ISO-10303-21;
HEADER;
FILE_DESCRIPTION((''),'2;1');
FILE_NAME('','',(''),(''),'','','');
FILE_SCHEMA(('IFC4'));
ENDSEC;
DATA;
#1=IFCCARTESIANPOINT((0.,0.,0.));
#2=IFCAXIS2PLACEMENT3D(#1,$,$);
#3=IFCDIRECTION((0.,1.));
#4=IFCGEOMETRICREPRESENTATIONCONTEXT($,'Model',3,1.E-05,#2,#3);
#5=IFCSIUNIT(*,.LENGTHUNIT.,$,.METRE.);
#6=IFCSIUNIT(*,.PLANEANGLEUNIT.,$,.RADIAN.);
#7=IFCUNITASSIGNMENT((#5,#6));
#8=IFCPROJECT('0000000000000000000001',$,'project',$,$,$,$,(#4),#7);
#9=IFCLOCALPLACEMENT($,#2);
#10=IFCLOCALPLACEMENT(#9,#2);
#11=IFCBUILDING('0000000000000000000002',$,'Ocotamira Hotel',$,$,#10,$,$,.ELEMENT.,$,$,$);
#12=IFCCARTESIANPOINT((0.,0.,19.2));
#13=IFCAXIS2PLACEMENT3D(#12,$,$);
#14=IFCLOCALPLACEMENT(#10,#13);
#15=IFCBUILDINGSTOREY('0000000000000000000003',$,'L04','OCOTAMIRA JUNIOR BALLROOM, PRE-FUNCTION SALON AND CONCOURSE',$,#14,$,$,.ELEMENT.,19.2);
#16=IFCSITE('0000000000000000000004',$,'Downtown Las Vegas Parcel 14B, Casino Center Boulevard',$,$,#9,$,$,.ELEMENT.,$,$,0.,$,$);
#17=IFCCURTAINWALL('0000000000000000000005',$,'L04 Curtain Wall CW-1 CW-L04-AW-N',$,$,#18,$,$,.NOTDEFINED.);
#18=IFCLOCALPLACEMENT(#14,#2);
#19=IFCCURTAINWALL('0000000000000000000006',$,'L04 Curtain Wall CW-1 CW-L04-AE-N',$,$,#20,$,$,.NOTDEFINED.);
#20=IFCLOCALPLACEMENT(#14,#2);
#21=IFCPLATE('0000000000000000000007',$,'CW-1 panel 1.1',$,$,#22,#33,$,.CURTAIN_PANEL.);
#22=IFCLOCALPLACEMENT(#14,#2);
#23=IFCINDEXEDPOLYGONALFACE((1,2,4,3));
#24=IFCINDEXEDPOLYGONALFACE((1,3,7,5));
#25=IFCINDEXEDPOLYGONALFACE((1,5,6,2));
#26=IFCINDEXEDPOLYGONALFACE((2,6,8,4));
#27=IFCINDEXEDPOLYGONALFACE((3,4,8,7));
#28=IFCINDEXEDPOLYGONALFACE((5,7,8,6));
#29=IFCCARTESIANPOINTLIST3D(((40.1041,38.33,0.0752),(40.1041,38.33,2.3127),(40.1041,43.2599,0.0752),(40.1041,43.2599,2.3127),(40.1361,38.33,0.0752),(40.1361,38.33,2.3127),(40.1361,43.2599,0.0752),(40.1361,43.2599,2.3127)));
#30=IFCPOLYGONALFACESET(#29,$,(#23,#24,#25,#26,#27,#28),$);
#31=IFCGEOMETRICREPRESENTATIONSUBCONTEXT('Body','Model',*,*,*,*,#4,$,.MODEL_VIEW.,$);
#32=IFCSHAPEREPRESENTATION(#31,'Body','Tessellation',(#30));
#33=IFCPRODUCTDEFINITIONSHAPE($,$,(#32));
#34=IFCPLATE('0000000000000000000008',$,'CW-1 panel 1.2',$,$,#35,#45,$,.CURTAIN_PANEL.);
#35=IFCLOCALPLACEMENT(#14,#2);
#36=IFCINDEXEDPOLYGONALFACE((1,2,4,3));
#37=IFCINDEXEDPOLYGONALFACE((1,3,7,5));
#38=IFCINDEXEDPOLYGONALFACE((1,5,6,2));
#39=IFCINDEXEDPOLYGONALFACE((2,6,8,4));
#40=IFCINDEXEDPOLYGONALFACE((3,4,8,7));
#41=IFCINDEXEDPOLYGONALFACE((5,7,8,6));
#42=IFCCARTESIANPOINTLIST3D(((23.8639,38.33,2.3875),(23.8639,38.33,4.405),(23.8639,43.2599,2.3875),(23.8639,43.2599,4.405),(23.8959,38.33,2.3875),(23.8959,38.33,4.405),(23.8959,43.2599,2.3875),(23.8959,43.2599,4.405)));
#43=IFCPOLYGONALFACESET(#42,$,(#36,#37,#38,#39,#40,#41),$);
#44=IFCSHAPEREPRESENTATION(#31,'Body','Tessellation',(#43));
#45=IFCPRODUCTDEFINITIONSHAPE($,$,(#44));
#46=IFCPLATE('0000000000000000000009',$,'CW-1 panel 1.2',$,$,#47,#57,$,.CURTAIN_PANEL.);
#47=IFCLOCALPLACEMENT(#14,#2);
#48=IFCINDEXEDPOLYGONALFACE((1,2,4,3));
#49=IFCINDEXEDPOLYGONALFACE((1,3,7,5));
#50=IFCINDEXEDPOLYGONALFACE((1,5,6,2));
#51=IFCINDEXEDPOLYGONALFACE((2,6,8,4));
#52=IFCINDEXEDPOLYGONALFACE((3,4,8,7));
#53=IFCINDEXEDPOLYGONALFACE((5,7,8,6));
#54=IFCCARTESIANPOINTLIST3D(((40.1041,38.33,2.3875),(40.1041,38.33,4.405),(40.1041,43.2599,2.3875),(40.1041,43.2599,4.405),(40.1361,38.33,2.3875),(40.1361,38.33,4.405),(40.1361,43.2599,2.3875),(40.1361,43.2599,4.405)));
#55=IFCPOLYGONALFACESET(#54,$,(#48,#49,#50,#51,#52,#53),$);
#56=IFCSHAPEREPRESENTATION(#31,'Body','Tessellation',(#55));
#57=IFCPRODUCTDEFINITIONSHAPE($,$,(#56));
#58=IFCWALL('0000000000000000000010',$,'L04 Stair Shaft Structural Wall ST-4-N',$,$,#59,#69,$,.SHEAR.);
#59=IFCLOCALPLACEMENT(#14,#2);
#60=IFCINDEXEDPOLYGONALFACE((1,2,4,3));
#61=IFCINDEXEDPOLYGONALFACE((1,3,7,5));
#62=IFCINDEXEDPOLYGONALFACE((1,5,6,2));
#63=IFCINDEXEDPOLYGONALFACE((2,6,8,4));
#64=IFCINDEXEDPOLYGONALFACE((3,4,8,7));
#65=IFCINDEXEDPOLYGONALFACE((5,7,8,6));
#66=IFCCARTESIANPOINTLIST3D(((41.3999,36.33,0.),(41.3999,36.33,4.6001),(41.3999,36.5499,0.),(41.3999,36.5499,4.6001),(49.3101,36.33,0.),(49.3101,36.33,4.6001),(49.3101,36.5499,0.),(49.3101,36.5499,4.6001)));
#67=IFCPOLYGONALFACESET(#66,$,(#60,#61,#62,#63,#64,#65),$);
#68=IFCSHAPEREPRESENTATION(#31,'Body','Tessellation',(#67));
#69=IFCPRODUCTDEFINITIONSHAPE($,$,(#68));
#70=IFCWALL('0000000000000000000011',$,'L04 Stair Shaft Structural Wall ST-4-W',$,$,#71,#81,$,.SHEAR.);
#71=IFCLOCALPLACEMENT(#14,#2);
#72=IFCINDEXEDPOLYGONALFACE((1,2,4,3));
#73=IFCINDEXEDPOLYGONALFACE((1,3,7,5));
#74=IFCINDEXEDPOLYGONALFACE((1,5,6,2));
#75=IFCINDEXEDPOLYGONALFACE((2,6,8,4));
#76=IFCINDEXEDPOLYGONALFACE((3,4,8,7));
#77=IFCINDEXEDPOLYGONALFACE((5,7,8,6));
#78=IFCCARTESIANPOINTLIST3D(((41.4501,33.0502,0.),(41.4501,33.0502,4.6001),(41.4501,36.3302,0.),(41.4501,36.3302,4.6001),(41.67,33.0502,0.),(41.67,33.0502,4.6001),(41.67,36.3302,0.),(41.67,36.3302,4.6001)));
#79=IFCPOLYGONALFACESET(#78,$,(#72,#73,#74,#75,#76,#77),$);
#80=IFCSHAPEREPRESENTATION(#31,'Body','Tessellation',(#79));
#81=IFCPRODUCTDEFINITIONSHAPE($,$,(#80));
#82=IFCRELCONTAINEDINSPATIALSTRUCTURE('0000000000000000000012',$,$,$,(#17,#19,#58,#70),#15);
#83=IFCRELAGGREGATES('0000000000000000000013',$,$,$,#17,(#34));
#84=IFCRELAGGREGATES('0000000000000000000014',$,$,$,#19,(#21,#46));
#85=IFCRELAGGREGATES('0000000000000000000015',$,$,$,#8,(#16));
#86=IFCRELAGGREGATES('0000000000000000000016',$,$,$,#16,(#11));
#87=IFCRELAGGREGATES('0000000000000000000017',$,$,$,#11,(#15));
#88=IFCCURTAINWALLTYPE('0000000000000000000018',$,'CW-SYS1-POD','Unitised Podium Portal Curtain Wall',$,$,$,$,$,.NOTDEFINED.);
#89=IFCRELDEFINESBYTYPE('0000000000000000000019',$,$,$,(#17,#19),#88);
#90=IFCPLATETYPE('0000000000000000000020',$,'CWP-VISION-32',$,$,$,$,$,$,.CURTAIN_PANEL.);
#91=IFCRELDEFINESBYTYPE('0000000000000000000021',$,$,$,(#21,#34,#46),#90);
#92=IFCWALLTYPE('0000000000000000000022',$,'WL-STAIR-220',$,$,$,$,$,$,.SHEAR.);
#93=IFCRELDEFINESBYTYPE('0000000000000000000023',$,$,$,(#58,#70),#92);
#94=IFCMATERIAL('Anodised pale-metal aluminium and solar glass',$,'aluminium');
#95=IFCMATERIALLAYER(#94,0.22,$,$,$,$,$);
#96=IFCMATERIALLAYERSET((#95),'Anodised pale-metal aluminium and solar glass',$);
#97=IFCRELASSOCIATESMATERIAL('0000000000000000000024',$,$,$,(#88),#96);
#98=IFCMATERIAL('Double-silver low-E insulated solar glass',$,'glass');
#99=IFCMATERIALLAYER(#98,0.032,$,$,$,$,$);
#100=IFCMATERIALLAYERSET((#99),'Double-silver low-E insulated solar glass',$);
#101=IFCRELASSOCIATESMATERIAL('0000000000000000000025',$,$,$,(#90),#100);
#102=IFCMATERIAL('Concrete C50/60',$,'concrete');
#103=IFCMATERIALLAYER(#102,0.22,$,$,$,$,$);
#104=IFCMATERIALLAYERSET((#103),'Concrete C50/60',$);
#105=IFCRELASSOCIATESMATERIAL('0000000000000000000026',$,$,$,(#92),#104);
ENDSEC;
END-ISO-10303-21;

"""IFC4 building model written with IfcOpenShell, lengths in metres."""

from ifc_helpers import new_model, si_unit, direction, frame, frame_2d, origin, origin_2d, place, context, subcontext, project, spatial, rectangle, extrude, source, transform, mapped, material, layer, layer_set, type_object, element, aggregate, save


model = new_model("IFC4")

# Units and contexts
model_context = context("Model", 3, precision=1e-05, world=origin(), true_north=direction((0.0, 1.0)))
body_context = subcontext(model_context, "Body", "Model", "MODEL_VIEW")
ifc_project = project(units=[si_unit("LENGTHUNIT", "METRE"), si_unit("PLANEANGLEUNIT", "RADIAN")], contexts=[model_context])

# Site, building, storey
site_placement = place(None, origin())
site = spatial("IfcSite", under=ifc_project, at=site_placement, Name="Downtown Las Vegas Parcel 14B, Casino Center Boulevard", CompositionType="ELEMENT", RefElevation=0.0)
building_placement = place(site_placement, origin())
building = spatial("IfcBuilding", under=site, at=building_placement, Name="Ocotamira Hotel", CompositionType="ELEMENT")
storey_placement = place(building_placement, frame((0.0, 0.0, 19.2)))
storey = spatial("IfcBuildingStorey", under=building, at=storey_placement, Name="L04", Description="OCOTAMIRA JUNIOR BALLROOM, PRE-FUNCTION SALON AND CONCOURSE", CompositionType="ELEMENT", Elevation=19.2)

# Curtain walls
ifc_material_1 = material(Name="Anodised pale-metal aluminium and solar glass", Category="aluminium")
ifc_layer_1 = layer(ifc_material_1, 0.22)
ifc_layer_set_1 = layer_set([ifc_layer_1], Name="Anodised pale-metal aluminium and solar glass")
curtain_wall_type = type_object("IfcCurtainWallType", Name="CW-SYS1-POD", Description="Unitised Podium Portal Curtain Wall", PredefinedType="NOTDEFINED", material=ifc_layer_set_1)
curtain_wall_1_placement = place(storey_placement, origin())
curtain_wall_1 = element("IfcCurtainWall", 1, at=curtain_wall_1_placement, inside=storey, type_object=curtain_wall_type, Name="L04 Curtain Wall CW-1 CW-L04-AW-N", PredefinedType="NOTDEFINED")
curtain_wall_2_placement = place(storey_placement, origin())
curtain_wall_2 = element("IfcCurtainWall", 2, at=curtain_wall_2_placement, inside=storey, type_object=curtain_wall_type, Name="L04 Curtain Wall CW-1 CW-L04-AE-N", PredefinedType="NOTDEFINED")

# Plates
ifc_material_2 = material(Name="Double-silver low-E insulated solar glass", Category="glass")
ifc_layer_2 = layer(ifc_material_2, 0.032)
ifc_layer_set_2 = layer_set([ifc_layer_2], Name="Double-silver low-E insulated solar glass")
plate_type = type_object("IfcPlateType", Name="CWP-VISION-32", PredefinedType="CURTAIN_PANEL", material=ifc_layer_set_2)
shared_shape_1 = source(origin(), body_context, "Body", "SweptSolid", [
    extrude(rectangle(XDim=4.9299, YDim=0.032, at=origin_2d()), origin(), (0.0, 0.0, 1.0), 2.2375),
])
plate_1_placement = place(storey_placement, frame((40.1201, 40.7949, 0.0752), z_axis=(0.0, 0.0, 1.0), x_axis=(0.0, 1.0, 0.0)))
plate_1 = element("IfcPlate", 3, at=plate_1_placement, type_object=plate_type, Name="CW-1 panel 1.1", PredefinedType="CURTAIN_PANEL", context=body_context, shape_type="MappedRepresentation", body=[
    mapped(shared_shape_1, transform((0.0, 0.0, 0.0), scale=1.0)),
])
shared_shape_2 = source(origin(), body_context, "Body", "SweptSolid", [
    extrude(rectangle(XDim=4.9299, YDim=0.032, at=origin_2d()), origin(), (0.0, 0.0, 1.0), 2.0176),
])
plate_2_placement = place(storey_placement, frame((23.8799, 40.7949, 2.3875), z_axis=(0.0, 0.0, 1.0), x_axis=(0.0, 1.0, 0.0)))
plate_2 = element("IfcPlate", 4, at=plate_2_placement, type_object=plate_type, Name="CW-1 panel 1.2", PredefinedType="CURTAIN_PANEL", context=body_context, shape_type="MappedRepresentation", body=[
    mapped(shared_shape_2, transform((0.0, 0.0, 0.0), scale=1.0)),
])
aggregate(curtain_wall_1, [plate_2])
plate_3_placement = place(storey_placement, frame((40.1201, 40.7949, 2.3875), z_axis=(0.0, 0.0, 1.0), x_axis=(0.0, 1.0, 0.0)))
plate_3 = element("IfcPlate", 5, at=plate_3_placement, type_object=plate_type, Name="CW-1 panel 1.2", PredefinedType="CURTAIN_PANEL", context=body_context, shape_type="MappedRepresentation", body=[
    mapped(shared_shape_2, transform((0.0, 0.0, 0.0), scale=1.0)),
])
aggregate(curtain_wall_2, [plate_1, plate_3])

# Walls
ifc_material_3 = material(Name="Concrete C50/60", Category="concrete")
ifc_layer_3 = layer(ifc_material_3, 0.22)
ifc_layer_set_3 = layer_set([ifc_layer_3], Name="Concrete C50/60")
wall_type_1 = type_object("IfcWallType", Name="WL-STAIR-220", PredefinedType="SHEAR", material=ifc_layer_set_3)
wall_1_placement = place(storey_placement, frame((41.3999, 36.4399, 0.0), z_axis=(0.0, 0.0, 1.0), x_axis=(1.0, 0.0, 0.0)))
element("IfcWall", 6, at=wall_1_placement, inside=storey, type_object=wall_type_1, Name="L04 Stair Shaft Structural Wall ST-4-N", PredefinedType="SHEAR", context=body_context, shape_type="SweptSolid", body=[
    extrude(rectangle(XDim=7.9102, YDim=0.22, at=frame_2d((3.9551, 0.0))), origin(), (0.0, 0.0, 1.0), 4.6001),
])
wall_2_placement = place(storey_placement, frame((41.5601, 33.05, 0.0), z_axis=(0.0, 0.0, 1.0), x_axis=(0.0, 1.0, 0.0)))
element("IfcWall", 7, at=wall_2_placement, inside=storey, type_object=wall_type_1, Name="L04 Stair Shaft Structural Wall ST-4-W", PredefinedType="SHEAR", context=body_context, shape_type="SweptSolid", body=[
    extrude(rectangle(XDim=3.28, YDim=0.22, at=frame_2d((1.6401, 0.0))), origin(), (0.0, 0.0, 1.0), 4.6001),
])

save(model, "model.ifc")
